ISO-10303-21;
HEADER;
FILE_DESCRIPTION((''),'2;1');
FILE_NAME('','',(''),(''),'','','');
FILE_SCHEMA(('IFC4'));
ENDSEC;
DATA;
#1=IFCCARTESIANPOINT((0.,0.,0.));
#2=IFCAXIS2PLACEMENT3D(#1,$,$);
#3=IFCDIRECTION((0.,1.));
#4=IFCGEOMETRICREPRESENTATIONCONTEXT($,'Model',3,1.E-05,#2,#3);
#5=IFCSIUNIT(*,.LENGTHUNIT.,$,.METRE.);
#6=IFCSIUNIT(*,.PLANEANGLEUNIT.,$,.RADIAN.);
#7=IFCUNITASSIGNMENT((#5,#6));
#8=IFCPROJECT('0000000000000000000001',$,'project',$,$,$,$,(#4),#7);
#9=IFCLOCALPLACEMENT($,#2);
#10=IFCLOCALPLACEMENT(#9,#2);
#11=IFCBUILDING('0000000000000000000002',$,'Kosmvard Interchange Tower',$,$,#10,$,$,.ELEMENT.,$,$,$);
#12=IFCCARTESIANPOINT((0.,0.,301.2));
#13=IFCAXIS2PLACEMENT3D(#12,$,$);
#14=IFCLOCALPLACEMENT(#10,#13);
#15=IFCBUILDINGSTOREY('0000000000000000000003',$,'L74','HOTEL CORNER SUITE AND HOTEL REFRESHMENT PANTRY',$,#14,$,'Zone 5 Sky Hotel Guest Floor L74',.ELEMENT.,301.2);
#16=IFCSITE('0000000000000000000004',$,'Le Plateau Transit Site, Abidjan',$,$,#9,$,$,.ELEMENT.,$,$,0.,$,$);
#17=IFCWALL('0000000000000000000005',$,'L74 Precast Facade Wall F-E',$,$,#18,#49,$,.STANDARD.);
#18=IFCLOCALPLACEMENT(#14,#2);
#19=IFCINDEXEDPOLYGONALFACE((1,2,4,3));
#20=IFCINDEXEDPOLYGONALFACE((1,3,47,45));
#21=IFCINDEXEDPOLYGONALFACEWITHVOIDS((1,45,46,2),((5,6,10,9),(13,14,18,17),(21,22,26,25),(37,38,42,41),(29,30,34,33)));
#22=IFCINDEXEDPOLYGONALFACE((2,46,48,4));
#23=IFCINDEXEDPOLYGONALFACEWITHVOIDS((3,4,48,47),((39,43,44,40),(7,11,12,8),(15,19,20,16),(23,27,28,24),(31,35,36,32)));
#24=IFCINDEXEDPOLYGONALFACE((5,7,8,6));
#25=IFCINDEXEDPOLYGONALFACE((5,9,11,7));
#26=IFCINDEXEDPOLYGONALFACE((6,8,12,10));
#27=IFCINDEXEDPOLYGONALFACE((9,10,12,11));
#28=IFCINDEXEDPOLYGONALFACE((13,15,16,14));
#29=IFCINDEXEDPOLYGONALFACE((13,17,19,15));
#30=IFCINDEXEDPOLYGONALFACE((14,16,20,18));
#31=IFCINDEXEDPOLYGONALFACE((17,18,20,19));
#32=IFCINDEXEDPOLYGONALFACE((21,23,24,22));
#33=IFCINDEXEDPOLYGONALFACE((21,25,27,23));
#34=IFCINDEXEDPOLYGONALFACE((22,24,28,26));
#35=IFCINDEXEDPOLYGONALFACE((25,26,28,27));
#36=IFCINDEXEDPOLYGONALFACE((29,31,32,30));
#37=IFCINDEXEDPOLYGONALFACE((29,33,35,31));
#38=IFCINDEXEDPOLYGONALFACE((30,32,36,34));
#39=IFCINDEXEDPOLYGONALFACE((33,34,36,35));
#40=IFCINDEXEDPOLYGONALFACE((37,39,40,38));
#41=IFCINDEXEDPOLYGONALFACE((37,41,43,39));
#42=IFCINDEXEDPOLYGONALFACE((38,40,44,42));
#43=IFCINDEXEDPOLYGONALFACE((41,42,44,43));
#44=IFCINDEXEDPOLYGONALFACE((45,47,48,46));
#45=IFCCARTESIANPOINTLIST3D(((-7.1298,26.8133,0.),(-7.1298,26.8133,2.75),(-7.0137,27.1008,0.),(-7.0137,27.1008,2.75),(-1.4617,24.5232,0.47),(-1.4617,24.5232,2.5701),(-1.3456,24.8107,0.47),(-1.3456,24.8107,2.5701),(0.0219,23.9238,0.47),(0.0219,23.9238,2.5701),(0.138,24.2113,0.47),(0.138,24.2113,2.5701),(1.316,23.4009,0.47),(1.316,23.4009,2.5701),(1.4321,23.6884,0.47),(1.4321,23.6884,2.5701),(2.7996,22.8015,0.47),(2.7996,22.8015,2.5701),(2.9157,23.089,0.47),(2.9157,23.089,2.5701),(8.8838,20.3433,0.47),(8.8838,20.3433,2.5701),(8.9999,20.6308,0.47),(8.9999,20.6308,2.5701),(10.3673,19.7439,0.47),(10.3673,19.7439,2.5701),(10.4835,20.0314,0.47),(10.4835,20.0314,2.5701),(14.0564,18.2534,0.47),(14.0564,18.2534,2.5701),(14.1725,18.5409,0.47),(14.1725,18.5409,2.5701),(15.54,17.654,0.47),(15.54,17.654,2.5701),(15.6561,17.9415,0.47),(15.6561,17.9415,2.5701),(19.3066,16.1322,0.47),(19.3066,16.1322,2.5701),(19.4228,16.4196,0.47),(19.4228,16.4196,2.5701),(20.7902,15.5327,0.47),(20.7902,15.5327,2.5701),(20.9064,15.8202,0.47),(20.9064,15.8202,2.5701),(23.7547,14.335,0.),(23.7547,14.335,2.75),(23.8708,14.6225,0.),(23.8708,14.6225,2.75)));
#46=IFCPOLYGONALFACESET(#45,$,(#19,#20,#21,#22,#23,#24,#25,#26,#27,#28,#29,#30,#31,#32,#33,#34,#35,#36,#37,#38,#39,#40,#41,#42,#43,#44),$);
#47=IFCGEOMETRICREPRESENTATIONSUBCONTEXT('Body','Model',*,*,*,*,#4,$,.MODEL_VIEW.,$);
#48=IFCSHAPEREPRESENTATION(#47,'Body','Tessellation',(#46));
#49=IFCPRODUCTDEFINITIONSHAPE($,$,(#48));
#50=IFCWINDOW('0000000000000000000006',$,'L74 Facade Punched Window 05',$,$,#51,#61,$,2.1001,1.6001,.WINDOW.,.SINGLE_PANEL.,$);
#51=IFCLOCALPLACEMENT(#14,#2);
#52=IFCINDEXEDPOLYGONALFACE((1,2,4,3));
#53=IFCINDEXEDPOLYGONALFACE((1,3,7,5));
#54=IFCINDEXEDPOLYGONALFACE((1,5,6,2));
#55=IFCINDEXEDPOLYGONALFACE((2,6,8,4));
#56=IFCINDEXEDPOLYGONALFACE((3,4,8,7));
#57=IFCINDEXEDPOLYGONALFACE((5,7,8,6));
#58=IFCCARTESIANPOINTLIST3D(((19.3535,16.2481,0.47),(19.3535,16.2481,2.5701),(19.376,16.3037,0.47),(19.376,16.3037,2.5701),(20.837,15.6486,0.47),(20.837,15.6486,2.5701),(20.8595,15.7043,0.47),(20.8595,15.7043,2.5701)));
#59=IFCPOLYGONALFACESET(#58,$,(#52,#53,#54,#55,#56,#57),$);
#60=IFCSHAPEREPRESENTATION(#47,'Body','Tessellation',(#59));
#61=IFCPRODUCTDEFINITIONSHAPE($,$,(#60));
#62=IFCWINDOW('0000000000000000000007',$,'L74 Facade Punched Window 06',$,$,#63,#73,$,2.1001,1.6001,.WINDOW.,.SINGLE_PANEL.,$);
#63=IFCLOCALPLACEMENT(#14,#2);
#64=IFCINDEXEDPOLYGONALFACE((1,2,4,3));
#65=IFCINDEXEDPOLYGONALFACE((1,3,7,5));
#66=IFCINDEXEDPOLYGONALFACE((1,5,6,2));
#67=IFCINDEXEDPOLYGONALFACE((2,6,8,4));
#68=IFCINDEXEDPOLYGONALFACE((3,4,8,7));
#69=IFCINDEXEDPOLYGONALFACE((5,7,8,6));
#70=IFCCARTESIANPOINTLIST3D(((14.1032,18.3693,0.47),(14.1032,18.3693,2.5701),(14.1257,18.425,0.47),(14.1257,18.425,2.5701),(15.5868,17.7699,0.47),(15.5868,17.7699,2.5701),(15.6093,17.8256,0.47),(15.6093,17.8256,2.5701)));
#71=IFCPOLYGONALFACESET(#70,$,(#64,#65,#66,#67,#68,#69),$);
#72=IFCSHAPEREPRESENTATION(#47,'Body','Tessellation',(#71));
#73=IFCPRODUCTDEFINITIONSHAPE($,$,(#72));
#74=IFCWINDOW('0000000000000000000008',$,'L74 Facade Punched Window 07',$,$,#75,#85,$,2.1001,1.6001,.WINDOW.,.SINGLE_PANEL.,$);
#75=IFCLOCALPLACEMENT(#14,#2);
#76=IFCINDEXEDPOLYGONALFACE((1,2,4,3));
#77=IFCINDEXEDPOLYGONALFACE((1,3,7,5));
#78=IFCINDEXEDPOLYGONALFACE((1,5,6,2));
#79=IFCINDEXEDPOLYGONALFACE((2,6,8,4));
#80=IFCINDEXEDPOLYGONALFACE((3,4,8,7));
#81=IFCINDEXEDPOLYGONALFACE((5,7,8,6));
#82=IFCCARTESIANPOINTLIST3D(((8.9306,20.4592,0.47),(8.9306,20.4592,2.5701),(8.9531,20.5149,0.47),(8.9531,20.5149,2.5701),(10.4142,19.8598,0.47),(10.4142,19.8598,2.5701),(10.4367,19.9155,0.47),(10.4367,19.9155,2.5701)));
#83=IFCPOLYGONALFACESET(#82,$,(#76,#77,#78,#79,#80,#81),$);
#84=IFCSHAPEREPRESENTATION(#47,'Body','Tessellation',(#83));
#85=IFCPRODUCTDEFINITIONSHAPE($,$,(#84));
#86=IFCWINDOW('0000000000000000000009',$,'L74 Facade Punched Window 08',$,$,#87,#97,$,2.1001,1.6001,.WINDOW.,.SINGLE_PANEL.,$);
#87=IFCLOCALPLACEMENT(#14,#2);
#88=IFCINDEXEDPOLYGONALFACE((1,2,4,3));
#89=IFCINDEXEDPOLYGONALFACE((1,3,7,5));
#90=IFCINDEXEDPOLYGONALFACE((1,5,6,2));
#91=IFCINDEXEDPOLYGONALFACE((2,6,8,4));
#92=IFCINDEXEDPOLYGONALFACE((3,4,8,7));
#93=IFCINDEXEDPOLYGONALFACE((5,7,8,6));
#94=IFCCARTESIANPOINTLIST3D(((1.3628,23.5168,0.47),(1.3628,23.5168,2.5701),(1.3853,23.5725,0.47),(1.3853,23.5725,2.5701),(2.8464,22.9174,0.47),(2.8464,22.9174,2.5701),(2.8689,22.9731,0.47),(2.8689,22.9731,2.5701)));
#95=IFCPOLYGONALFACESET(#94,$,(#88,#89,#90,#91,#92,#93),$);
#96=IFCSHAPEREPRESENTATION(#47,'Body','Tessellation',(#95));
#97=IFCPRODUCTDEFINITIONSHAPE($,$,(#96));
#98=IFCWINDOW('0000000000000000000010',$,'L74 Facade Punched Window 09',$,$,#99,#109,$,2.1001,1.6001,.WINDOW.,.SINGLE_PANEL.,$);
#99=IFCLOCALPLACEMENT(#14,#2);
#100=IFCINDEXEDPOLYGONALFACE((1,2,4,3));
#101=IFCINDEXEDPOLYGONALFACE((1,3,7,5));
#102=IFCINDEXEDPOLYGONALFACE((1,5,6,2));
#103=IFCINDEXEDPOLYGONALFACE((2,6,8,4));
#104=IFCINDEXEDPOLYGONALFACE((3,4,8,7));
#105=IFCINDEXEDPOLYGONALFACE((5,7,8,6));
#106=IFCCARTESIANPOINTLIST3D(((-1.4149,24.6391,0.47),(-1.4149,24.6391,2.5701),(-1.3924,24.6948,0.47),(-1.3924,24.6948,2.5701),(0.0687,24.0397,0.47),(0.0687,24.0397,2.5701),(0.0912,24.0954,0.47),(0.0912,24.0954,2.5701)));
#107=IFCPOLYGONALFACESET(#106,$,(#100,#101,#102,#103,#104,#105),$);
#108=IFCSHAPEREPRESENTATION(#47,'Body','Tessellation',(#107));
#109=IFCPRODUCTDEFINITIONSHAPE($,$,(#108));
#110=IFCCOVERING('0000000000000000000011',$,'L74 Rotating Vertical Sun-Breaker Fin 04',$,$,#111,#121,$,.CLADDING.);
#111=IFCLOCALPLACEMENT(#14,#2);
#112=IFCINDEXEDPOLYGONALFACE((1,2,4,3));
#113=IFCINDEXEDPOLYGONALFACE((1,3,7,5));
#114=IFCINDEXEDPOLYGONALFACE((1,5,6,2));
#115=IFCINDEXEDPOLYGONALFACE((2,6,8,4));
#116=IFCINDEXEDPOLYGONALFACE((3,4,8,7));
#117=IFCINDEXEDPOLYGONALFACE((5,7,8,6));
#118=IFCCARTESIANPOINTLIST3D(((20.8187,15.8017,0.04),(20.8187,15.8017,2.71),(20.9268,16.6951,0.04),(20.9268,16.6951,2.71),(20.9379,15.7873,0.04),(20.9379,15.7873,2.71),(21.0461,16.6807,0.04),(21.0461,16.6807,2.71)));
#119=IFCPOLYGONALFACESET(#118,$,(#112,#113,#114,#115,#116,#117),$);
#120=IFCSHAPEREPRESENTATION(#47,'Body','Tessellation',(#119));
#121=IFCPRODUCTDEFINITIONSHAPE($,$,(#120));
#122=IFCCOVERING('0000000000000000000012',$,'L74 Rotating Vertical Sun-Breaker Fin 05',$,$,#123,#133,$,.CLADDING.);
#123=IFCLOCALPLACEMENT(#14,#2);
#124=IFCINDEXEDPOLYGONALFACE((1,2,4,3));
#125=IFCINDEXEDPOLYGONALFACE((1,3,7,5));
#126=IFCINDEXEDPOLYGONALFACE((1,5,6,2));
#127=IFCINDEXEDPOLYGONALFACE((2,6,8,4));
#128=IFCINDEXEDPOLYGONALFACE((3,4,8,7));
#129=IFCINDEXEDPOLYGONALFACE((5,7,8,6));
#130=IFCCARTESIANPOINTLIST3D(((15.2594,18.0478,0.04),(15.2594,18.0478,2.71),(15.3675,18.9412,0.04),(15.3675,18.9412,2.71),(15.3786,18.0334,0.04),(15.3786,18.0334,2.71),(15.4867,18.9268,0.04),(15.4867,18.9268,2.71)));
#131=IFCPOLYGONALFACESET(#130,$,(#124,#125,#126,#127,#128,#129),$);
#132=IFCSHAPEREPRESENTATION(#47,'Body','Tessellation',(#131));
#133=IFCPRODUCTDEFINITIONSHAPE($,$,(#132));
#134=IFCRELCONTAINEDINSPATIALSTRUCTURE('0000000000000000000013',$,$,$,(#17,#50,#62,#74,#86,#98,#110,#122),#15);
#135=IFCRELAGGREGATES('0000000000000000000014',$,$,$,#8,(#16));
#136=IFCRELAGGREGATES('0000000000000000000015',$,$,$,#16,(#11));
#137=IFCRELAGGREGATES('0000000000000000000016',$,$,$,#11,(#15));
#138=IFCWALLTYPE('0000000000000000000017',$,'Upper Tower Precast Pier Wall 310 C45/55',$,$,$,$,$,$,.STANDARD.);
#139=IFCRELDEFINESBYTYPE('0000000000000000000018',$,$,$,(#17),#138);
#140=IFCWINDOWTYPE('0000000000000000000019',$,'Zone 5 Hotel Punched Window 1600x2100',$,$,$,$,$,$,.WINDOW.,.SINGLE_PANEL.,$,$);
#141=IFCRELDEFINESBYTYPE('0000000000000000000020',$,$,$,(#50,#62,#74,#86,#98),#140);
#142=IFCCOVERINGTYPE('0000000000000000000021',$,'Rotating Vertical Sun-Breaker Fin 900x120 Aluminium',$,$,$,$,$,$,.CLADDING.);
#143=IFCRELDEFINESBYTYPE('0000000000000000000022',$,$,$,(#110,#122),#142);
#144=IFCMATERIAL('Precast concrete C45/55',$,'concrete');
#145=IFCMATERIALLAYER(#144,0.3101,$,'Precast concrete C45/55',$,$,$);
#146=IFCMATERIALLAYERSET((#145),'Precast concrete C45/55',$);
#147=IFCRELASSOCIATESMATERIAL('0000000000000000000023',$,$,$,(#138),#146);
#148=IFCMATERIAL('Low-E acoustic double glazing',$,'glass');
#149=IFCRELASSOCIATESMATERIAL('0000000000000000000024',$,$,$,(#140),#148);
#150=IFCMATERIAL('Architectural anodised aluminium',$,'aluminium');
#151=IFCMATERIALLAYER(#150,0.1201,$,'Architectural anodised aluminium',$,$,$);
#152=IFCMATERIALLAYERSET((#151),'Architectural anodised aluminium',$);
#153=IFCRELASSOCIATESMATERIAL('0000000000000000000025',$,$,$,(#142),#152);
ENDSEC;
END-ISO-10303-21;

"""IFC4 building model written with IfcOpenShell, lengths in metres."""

from ifc_helpers import new_model, si_unit, direction, frame, frame_2d, origin, origin_2d, place, context, subcontext, project, spatial, rectangle, extrude, source, transform, mapped, material, layer, layer_set, type_object, element, fill, save


model = new_model("IFC4")

# Units and contexts
model_context = context("Model", 3, precision=1e-05, world=origin(), true_north=direction((0.0, 1.0)))
body_context = subcontext(model_context, "Body", "Model", "MODEL_VIEW")
ifc_project = project(units=[si_unit("LENGTHUNIT", "METRE"), si_unit("PLANEANGLEUNIT", "RADIAN")], contexts=[model_context])

# Site, building, storey
site_placement = place(None, origin())
site = spatial("IfcSite", under=ifc_project, at=site_placement, Name="Le Plateau Transit Site, Abidjan", CompositionType="ELEMENT", RefElevation=0.0)
building_placement = place(site_placement, origin())
building = spatial("IfcBuilding", under=site, at=building_placement, Name="Kosmvard Interchange Tower", CompositionType="ELEMENT")
storey_placement = place(building_placement, frame((0.0, 0.0, 301.2)))
storey = spatial("IfcBuildingStorey", under=building, at=storey_placement, Name="L74", Description="HOTEL CORNER SUITE AND HOTEL REFRESHMENT PANTRY", LongName="Zone 5 Sky Hotel Guest Floor L74", CompositionType="ELEMENT", Elevation=301.2)

# Wall, openings, windows
ifc_material_1 = material(Name="Precast concrete C45/55", Category="concrete")
ifc_layer_1 = layer(ifc_material_1, 0.3101, Name="Precast concrete C45/55")
ifc_layer_set_1 = layer_set([ifc_layer_1], Name="Precast concrete C45/55")
wall_type = type_object("IfcWallType", Name="Upper Tower Precast Pier Wall 310 C45/55", PredefinedType="STANDARD", material=ifc_layer_set_1)
wall_placement = place(storey_placement, frame((23.8127, 14.4788, 0.0), z_axis=(0.0, 0.0, 1.0), x_axis=(-0.927183, 0.37461, 0.0)))
wall = element("IfcWall", 1, at=wall_placement, inside=storey, type_object=wall_type, Name="L74 Precast Facade Wall F-E", PredefinedType="STANDARD", context=body_context, shape_type="SweptSolid", body=[
    extrude(rectangle(XDim=33.3101, YDim=0.3101, at=frame_2d((16.655, 0.0))), origin(), (0.0, 0.0, 1.0), 2.75),
])
opening_1_placement = place(wall_placement, frame((3.1973, 0.0, 0.47)))
opening_1 = element("IfcOpeningElement", 2, at=opening_1_placement, cuts=wall, PredefinedType="OPENING", context=body_context, shape_type="SweptSolid", body=[
    extrude(rectangle(XDim=1.6001, YDim=2.1001, at=frame_2d((0.8, 1.05))), frame((0.0, 0.165, 0.0), z_axis=(0.0, -1.0, 0.0), x_axis=(1.0, 0.0, 0.0)), (0.0, 0.0, 1.0), 0.3301),
])
opening_2_placement = place(wall_placement, frame((8.8599, 0.0, 0.47)))
opening_2 = element("IfcOpeningElement", 3, at=opening_2_placement, cuts=wall, PredefinedType="OPENING", context=body_context, shape_type="SweptSolid", body=[
    extrude(rectangle(XDim=1.6001, YDim=2.1001, at=frame_2d((0.8, 1.05))), frame((0.0, 0.165, 0.0), z_axis=(0.0, -1.0, 0.0), x_axis=(1.0, 0.0, 0.0)), (0.0, 0.0, 1.0), 0.3301),
])
opening_3_placement = place(wall_placement, frame((14.4387, 0.0, 0.47)))
opening_3 = element("IfcOpeningElement", 4, at=opening_3_placement, cuts=wall, PredefinedType="OPENING", context=body_context, shape_type="SweptSolid", body=[
    extrude(rectangle(XDim=1.6001, YDim=2.1001, at=frame_2d((0.8, 1.05))), frame((0.0, 0.165, 0.0), z_axis=(0.0, -1.0, 0.0), x_axis=(1.0, 0.0, 0.0)), (0.0, 0.0, 1.0), 0.3301),
])
opening_4_placement = place(wall_placement, frame((22.6008, 0.0, 0.47)))
opening_4 = element("IfcOpeningElement", 5, at=opening_4_placement, cuts=wall, PredefinedType="OPENING", context=body_context, shape_type="SweptSolid", body=[
    extrude(rectangle(XDim=1.6001, YDim=2.1001, at=frame_2d((0.8, 1.05))), frame((0.0, 0.165, 0.0), z_axis=(0.0, -1.0, 0.0), x_axis=(1.0, 0.0, 0.0)), (0.0, 0.0, 1.0), 0.3301),
])
opening_5_placement = place(wall_placement, frame((25.5967, 0.0, 0.47)))
opening_5 = element("IfcOpeningElement", 6, at=opening_5_placement, cuts=wall, PredefinedType="OPENING", context=body_context, shape_type="SweptSolid", body=[
    extrude(rectangle(XDim=1.6001, YDim=2.1001, at=frame_2d((0.8, 1.05))), frame((0.0, 0.165, 0.0), z_axis=(0.0, -1.0, 0.0), x_axis=(1.0, 0.0, 0.0)), (0.0, 0.0, 1.0), 0.3301),
])
ifc_material_2 = material(Name="Low-E acoustic double glazing", Category="glass")
window_type = type_object("IfcWindowType", Name="Zone 5 Hotel Punched Window 1600x2100", PartitioningType="SINGLE_PANEL", PredefinedType="WINDOW", material=ifc_material_2)
shared_shape_1 = source(origin(), body_context, "Body", "SweptSolid", [
    extrude(rectangle(XDim=1.6001, YDim=2.1001, at=frame_2d((0.8, 1.05))), frame((0.0, 0.03, 0.0), z_axis=(0.0, -1.0, 0.0), x_axis=(1.0, 0.0, 0.0)), (0.0, 0.0, 1.0), 0.0601),
])
window_1_placement = place(opening_1_placement, origin())
window_1 = element("IfcWindow", 7, at=window_1_placement, inside=storey, type_object=window_type, Name="L74 Facade Punched Window 05", OverallHeight=2.1001, OverallWidth=1.6001, PartitioningType="SINGLE_PANEL", PredefinedType="WINDOW", context=body_context, shape_type="MappedRepresentation", body=[
    mapped(shared_shape_1, transform((0.0, 0.0, 0.0), scale=1.0)),
])
fill(opening_1, window_1)
window_2_placement = place(opening_2_placement, origin())
window_2 = element("IfcWindow", 8, at=window_2_placement, inside=storey, type_object=window_type, Name="L74 Facade Punched Window 06", OverallHeight=2.1001, OverallWidth=1.6001, PartitioningType="SINGLE_PANEL", PredefinedType="WINDOW", context=body_context, shape_type="MappedRepresentation", body=[
    mapped(shared_shape_1, transform((0.0, 0.0, 0.0), scale=1.0)),
])
fill(opening_2, window_2)
window_3_placement = place(opening_3_placement, origin())
window_3 = element("IfcWindow", 9, at=window_3_placement, inside=storey, type_object=window_type, Name="L74 Facade Punched Window 07", OverallHeight=2.1001, OverallWidth=1.6001, PartitioningType="SINGLE_PANEL", PredefinedType="WINDOW", context=body_context, shape_type="MappedRepresentation", body=[
    mapped(shared_shape_1, transform((0.0, 0.0, 0.0), scale=1.0)),
])
fill(opening_3, window_3)
window_4_placement = place(opening_4_placement, origin())
window_4 = element("IfcWindow", 10, at=window_4_placement, inside=storey, type_object=window_type, Name="L74 Facade Punched Window 08", OverallHeight=2.1001, OverallWidth=1.6001, PartitioningType="SINGLE_PANEL", PredefinedType="WINDOW", context=body_context, shape_type="MappedRepresentation", body=[
    mapped(shared_shape_1, transform((0.0, 0.0, 0.0), scale=1.0)),
])
fill(opening_4, window_4)
window_5_placement = place(opening_5_placement, origin())
window_5 = element("IfcWindow", 11, at=window_5_placement, inside=storey, type_object=window_type, Name="L74 Facade Punched Window 09", OverallHeight=2.1001, OverallWidth=1.6001, PartitioningType="SINGLE_PANEL", PredefinedType="WINDOW", context=body_context, shape_type="MappedRepresentation", body=[
    mapped(shared_shape_1, transform((0.0, 0.0, 0.0), scale=1.0)),
])
fill(opening_5, window_5)

# Coverings
ifc_material_3 = material(Name="Architectural anodised aluminium", Category="aluminium")
ifc_layer_2 = layer(ifc_material_3, 0.1201, Name="Architectural anodised aluminium")
ifc_layer_set_2 = layer_set([ifc_layer_2], Name="Architectural anodised aluminium")
covering_type = type_object("IfcCoveringType", Name="Rotating Vertical Sun-Breaker Fin 900x120 Aluminium", PredefinedType="CLADDING", material=ifc_layer_set_2)
shared_shape_2 = source(origin(), body_context, "Body", "SweptSolid", [
    extrude(rectangle(XDim=0.8999, YDim=0.1201, at=origin_2d()), origin(), (0.0, 0.0, 1.0), 2.6699),
])
for number, where, z_axis, x_axis, name in (
    (12, (20.9324, 16.2412, 0.04), (0.0, 0.0, 1.0), (0.120137, 0.992757, 0.0), "L74 Rotating Vertical Sun-Breaker Fin 04"),
    (13, (15.373, 18.4873, 0.04), (0.0, 0.0, 1.0), (0.120137, 0.992757, 0.0), "L74 Rotating Vertical Sun-Breaker Fin 05"),
):
    element("IfcCovering", number, at=place(storey_placement, frame(where, z_axis=z_axis, x_axis=x_axis)), inside=storey, type_object=covering_type, Name=name, PredefinedType="CLADDING", context=body_context, shape_type="MappedRepresentation", body=[
        mapped(shared_shape_2, transform((0.0, 0.0, 0.0), scale=1.0)),
    ])

save(model, "model.ifc")
